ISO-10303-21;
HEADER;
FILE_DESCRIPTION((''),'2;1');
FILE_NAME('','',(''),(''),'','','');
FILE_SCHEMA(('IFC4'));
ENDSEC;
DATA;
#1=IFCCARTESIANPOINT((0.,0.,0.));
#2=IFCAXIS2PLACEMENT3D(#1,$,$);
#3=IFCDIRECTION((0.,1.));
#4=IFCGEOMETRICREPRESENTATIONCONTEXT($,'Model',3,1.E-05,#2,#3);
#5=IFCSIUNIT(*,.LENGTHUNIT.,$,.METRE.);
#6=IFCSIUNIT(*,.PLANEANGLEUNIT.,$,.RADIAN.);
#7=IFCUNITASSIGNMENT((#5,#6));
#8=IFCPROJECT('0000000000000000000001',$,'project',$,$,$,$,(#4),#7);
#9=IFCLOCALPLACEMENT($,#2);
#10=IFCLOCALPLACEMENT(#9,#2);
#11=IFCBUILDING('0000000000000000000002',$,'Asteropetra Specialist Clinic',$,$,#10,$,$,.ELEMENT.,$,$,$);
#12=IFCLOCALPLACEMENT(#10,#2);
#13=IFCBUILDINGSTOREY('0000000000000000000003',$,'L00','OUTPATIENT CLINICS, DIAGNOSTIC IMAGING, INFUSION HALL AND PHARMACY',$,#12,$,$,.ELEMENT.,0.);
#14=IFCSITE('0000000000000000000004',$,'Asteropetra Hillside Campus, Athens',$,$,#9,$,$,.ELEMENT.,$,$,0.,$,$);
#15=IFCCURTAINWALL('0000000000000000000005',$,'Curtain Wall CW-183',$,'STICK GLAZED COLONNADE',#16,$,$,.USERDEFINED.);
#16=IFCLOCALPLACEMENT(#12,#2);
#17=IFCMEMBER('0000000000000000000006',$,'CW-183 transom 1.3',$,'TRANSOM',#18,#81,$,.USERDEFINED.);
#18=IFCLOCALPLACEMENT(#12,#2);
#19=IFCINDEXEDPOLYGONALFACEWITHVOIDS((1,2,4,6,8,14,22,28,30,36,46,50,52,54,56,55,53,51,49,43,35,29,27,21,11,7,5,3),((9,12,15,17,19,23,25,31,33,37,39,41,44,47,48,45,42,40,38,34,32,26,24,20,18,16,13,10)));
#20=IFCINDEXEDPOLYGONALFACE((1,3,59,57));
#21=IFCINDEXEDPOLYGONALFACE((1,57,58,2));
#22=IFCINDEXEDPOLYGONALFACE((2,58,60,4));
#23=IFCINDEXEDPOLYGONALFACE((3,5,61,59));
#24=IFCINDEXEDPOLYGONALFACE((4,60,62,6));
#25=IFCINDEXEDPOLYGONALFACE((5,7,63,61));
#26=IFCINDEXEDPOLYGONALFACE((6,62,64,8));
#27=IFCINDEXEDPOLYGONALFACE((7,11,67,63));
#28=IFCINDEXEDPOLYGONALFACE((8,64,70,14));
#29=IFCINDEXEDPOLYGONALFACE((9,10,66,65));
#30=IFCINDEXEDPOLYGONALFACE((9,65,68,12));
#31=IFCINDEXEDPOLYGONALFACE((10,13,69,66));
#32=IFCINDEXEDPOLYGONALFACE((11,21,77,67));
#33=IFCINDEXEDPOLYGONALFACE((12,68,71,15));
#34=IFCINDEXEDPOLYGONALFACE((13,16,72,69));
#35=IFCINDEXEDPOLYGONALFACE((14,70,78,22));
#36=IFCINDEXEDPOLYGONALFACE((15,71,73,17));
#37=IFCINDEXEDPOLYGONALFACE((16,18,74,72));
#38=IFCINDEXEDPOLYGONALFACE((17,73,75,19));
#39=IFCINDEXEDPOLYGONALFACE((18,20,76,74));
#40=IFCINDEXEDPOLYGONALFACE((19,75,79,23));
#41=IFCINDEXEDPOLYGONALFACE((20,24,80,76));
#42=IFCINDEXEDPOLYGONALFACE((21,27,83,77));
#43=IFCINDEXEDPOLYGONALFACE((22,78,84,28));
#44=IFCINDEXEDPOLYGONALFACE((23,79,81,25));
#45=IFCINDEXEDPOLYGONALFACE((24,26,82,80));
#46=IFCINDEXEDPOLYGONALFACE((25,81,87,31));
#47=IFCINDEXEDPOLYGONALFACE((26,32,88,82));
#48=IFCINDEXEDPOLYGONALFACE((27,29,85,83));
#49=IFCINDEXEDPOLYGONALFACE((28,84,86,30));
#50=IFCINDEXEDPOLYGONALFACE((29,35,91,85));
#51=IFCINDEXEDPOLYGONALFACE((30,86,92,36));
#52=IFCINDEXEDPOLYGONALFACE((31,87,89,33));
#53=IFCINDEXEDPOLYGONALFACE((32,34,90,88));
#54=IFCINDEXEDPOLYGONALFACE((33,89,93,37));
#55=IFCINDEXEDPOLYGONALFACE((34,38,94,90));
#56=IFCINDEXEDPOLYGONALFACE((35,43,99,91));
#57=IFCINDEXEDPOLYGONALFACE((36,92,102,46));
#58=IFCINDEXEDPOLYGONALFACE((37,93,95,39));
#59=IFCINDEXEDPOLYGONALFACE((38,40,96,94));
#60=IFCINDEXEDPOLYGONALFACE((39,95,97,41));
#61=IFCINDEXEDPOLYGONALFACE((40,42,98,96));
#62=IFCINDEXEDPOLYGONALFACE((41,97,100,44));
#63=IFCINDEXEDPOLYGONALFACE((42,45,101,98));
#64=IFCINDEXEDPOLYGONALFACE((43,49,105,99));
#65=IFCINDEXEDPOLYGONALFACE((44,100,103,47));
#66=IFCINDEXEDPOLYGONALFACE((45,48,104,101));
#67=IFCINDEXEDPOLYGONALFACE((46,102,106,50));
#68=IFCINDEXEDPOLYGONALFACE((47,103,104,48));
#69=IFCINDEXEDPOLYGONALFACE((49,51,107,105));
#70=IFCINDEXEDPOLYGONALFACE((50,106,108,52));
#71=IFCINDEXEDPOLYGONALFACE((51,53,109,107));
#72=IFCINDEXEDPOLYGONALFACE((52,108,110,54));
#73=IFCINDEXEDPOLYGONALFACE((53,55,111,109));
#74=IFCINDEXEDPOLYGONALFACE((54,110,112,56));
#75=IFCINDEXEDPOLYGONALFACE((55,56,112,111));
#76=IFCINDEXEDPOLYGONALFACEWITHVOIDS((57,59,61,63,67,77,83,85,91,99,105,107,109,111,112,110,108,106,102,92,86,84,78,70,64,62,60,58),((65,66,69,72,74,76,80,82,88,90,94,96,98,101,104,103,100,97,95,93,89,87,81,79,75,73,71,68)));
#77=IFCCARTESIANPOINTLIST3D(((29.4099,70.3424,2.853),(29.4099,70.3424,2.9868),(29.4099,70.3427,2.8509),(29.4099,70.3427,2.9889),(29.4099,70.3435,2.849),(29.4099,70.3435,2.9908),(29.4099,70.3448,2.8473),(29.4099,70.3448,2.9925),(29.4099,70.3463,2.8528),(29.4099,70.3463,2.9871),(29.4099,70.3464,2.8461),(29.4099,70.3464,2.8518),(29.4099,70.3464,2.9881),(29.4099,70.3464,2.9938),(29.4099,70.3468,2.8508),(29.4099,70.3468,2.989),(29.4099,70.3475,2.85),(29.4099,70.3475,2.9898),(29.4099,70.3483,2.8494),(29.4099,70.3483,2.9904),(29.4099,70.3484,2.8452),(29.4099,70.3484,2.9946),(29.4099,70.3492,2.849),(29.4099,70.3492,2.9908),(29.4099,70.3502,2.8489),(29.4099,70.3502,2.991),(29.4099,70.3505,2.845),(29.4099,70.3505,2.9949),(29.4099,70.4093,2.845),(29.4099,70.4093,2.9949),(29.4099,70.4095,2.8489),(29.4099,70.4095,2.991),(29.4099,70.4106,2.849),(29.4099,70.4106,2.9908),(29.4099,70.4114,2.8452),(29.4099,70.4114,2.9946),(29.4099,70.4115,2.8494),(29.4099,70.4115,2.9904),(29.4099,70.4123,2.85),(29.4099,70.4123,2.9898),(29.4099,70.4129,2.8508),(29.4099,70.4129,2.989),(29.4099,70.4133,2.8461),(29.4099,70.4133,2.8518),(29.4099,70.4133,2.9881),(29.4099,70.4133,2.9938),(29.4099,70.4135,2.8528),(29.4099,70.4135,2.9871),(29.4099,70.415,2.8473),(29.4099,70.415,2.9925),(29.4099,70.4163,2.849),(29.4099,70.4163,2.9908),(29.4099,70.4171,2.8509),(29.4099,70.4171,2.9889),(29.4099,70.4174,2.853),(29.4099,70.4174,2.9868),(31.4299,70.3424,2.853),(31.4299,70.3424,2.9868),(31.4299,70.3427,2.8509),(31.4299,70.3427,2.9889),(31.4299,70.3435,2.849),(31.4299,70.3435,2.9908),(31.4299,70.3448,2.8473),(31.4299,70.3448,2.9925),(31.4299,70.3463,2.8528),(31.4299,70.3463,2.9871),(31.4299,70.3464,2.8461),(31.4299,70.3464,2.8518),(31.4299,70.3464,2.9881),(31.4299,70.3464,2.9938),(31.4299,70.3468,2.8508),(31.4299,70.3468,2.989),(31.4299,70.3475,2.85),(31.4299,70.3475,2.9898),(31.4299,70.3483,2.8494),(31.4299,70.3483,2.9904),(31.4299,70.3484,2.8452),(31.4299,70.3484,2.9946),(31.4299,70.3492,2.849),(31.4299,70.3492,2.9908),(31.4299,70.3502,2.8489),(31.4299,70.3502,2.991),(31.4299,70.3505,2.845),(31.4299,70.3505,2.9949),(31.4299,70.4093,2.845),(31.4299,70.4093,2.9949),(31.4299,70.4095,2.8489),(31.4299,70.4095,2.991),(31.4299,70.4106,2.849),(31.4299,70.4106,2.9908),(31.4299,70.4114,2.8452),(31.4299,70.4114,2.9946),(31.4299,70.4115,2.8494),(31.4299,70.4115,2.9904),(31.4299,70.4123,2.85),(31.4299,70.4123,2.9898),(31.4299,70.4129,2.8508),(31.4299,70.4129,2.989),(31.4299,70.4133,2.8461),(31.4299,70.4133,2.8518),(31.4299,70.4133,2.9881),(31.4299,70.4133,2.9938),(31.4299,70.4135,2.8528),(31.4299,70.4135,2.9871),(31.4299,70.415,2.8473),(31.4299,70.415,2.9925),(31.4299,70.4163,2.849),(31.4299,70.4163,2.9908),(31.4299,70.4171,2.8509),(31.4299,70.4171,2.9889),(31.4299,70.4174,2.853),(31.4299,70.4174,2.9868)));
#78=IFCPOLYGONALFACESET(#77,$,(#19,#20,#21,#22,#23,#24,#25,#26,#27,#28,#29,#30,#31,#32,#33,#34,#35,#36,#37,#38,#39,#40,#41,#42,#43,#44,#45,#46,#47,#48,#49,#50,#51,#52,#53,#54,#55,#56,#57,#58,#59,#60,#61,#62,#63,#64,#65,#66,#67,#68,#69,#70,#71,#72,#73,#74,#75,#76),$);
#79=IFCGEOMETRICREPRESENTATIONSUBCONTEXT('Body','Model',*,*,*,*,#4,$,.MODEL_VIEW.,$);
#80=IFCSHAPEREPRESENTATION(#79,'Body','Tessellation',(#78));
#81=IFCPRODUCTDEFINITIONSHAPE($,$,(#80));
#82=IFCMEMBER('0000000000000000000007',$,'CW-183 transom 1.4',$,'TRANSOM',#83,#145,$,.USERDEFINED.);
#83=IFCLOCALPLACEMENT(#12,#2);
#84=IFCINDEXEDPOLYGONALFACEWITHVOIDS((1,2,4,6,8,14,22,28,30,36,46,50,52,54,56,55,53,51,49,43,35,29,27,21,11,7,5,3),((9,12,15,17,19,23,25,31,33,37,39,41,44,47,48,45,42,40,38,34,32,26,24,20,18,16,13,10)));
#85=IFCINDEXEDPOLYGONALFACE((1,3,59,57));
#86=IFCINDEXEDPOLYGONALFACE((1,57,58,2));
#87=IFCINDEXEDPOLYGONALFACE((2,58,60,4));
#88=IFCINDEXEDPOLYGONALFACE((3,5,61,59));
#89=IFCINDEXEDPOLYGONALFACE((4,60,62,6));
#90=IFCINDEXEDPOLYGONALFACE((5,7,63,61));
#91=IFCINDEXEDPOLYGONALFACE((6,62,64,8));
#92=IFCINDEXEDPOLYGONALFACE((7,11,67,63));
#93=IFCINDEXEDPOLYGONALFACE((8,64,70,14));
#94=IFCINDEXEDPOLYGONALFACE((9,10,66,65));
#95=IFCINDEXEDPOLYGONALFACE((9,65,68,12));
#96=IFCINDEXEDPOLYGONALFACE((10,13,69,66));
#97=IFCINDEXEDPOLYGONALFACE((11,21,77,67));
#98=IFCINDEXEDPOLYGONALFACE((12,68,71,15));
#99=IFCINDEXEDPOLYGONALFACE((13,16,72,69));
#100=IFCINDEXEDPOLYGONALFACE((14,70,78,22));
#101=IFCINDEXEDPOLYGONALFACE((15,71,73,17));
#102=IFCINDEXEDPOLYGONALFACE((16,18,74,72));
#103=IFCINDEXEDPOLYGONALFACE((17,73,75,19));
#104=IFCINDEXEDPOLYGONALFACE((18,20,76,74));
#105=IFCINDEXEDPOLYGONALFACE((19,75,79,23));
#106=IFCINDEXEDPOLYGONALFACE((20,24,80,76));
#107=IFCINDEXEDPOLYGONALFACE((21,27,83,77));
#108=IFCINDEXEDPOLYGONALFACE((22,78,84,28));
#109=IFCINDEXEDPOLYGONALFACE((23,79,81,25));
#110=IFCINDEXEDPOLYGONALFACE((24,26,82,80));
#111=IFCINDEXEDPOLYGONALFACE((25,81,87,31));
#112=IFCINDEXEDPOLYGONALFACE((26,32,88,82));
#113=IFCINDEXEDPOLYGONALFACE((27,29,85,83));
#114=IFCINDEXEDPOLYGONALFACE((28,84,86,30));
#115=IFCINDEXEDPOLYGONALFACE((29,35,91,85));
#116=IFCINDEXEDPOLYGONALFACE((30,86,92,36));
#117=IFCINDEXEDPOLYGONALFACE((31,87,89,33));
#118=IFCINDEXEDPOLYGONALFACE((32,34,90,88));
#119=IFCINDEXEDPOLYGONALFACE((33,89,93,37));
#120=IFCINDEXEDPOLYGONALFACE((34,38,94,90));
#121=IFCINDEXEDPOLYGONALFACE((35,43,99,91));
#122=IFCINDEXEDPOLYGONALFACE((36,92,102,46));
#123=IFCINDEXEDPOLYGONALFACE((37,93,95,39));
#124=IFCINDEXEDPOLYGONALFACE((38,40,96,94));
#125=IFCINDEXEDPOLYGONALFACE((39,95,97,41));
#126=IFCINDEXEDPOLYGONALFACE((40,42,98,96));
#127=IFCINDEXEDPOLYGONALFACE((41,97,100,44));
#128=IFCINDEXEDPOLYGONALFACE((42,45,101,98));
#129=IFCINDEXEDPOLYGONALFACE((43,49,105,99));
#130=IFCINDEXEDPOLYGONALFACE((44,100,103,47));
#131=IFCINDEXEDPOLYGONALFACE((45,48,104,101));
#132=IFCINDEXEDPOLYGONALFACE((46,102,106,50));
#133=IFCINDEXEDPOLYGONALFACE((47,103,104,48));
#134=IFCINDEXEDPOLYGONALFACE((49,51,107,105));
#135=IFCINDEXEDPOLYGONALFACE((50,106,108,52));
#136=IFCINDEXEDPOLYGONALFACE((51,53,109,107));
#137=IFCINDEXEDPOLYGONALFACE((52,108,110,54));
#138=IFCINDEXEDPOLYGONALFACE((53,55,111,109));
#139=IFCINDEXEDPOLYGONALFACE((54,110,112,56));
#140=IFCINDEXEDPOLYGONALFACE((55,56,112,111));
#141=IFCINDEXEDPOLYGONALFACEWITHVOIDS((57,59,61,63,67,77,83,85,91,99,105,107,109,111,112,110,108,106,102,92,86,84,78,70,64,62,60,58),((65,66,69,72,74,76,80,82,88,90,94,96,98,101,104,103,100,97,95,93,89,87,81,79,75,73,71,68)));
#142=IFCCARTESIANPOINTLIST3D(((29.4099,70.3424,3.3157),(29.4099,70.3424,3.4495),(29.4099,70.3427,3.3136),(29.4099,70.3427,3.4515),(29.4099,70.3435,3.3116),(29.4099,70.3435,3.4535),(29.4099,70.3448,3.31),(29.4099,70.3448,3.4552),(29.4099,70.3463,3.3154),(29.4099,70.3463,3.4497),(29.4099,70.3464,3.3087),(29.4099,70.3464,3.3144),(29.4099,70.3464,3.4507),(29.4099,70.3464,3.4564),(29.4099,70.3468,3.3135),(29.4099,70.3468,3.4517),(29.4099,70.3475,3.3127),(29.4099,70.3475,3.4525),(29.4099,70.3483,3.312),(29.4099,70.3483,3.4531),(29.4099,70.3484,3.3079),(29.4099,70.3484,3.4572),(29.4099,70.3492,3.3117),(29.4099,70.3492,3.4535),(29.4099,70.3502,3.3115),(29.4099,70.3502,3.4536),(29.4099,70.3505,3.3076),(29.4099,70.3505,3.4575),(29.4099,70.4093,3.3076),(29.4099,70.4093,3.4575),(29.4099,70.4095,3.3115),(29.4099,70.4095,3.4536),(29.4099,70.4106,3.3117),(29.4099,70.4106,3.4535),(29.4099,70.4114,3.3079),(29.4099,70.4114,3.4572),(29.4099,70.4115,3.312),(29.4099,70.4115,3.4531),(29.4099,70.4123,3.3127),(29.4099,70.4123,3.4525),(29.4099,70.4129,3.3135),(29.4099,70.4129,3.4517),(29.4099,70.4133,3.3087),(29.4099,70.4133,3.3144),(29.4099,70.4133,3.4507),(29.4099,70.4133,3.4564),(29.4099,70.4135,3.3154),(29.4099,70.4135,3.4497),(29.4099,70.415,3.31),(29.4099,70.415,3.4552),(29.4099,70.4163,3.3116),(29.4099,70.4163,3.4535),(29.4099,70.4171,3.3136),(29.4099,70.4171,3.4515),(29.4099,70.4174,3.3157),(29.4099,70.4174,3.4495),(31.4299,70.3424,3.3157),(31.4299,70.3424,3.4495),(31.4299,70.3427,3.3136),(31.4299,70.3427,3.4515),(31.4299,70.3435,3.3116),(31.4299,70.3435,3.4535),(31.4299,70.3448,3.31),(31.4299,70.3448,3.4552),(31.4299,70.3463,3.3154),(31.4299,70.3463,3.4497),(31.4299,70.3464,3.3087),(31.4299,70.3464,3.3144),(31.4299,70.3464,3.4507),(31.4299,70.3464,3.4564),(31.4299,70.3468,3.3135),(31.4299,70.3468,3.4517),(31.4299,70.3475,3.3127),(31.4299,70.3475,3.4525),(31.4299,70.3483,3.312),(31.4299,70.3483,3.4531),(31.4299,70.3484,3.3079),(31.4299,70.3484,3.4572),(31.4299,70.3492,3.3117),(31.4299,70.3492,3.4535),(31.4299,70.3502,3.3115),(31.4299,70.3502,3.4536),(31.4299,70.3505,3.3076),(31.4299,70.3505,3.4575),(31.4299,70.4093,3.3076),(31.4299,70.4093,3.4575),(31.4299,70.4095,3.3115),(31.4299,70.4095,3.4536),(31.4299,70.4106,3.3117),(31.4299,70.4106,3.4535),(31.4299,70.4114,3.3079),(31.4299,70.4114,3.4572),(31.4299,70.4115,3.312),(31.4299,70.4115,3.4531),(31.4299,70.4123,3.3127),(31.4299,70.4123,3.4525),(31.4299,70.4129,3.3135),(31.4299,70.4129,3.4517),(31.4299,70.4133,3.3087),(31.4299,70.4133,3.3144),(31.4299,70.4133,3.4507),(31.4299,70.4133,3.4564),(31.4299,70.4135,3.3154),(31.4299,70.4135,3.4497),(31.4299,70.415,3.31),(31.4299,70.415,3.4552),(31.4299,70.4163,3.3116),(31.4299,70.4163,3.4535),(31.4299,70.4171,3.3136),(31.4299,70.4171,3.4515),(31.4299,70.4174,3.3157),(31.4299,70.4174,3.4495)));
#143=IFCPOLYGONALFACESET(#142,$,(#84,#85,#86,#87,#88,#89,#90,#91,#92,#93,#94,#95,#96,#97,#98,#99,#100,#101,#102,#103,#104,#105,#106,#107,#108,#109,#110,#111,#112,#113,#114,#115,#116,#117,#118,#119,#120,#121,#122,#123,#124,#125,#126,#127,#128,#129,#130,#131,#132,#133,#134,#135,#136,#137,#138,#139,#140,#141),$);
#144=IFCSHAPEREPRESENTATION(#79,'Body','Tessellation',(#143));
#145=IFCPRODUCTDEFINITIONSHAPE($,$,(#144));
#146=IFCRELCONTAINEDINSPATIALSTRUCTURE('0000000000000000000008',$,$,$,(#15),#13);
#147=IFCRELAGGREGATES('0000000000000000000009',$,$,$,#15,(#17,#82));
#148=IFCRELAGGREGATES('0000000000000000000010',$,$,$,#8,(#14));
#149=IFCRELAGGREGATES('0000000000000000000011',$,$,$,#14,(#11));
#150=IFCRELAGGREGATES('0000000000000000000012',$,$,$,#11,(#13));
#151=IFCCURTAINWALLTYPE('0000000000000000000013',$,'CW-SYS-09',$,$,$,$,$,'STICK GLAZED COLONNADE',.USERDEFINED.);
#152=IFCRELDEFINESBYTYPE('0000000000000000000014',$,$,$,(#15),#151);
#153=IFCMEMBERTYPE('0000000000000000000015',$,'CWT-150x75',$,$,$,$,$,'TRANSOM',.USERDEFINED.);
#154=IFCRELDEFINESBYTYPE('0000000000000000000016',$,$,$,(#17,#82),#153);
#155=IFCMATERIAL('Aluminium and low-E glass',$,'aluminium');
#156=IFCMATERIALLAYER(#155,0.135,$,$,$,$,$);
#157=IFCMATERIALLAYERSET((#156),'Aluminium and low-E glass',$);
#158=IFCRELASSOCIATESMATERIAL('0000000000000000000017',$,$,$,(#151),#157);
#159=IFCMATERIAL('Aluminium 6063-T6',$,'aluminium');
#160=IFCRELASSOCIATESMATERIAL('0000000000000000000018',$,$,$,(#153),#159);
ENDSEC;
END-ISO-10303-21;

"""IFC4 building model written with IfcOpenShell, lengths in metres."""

from ifc_helpers import new_model, si_unit, direction, frame, origin, origin_2d, place, context, subcontext, project, spatial, hollow_rectangle, extrude, material, layer, layer_set, material_profile, profile_set, type_object, element, aggregate, save


model = new_model("IFC4")

# Units and contexts
model_context = context("Model", 3, precision=1e-05, world=origin(), true_north=direction((0.0, 1.0)))
body_context = subcontext(model_context, "Body", "Model", "MODEL_VIEW")
ifc_project = project(units=[si_unit("LENGTHUNIT", "METRE"), si_unit("PLANEANGLEUNIT", "RADIAN")], contexts=[model_context])

# Site, building, storey
site_placement = place(None, origin())
site = spatial("IfcSite", under=ifc_project, at=site_placement, Name="Asteropetra Hillside Campus, Athens", CompositionType="ELEMENT", RefElevation=0.0)
building_placement = place(site_placement, origin())
building = spatial("IfcBuilding", under=site, at=building_placement, Name="Asteropetra Specialist Clinic", CompositionType="ELEMENT")
storey_placement = place(building_placement, origin())
storey = spatial("IfcBuildingStorey", under=building, at=storey_placement, Name="L00", Description="OUTPATIENT CLINICS, DIAGNOSTIC IMAGING, INFUSION HALL AND PHARMACY", CompositionType="ELEMENT", Elevation=0.0)

# Curtain wall, members
ifc_material_1 = material(Name="Aluminium and low-E glass", Category="aluminium")
ifc_layer_1 = layer(ifc_material_1, 0.135)
ifc_layer_set_1 = layer_set([ifc_layer_1], Name="Aluminium and low-E glass")
curtain_wall_type = type_object("IfcCurtainWallType", Name="CW-SYS-09", ElementType="STICK GLAZED COLONNADE", PredefinedType="USERDEFINED", material=ifc_layer_set_1)
curtain_wall_placement = place(storey_placement, origin())
curtain_wall = element("IfcCurtainWall", 1, at=curtain_wall_placement, inside=storey, type_object=curtain_wall_type, Name="Curtain Wall CW-183", ObjectType="STICK GLAZED COLONNADE", PredefinedType="USERDEFINED")
ifc_material_2 = material(Name="Aluminium 6063-T6", Category="aluminium")
ifc_material_profile_1 = material_profile(ifc_material_2, hollow_rectangle(XDim=0.075, YDim=0.1499, WallThickness=0.0039, InnerFilletRadius=0.0039, OuterFilletRadius=0.0081, at=origin_2d()), Name="TRN 150x75x4.0")
ifc_profile_set_1 = profile_set([ifc_material_profile_1], Name="Aluminium 6063-T6")
member_type_1 = type_object("IfcMemberType", Name="CWT-150x75", ElementType="TRANSOM", PredefinedType="USERDEFINED", material=ifc_profile_set_1)
member_1_placement = place(storey_placement, frame((29.4099, 70.3799, 2.9199), z_axis=(1.0, 0.0, 0.0), x_axis=(0.0, 1.0, 0.0)))
member_1 = element("IfcMember", 2, at=member_1_placement, type_object=member_type_1, Name="CW-183 transom 1.3", ObjectType="TRANSOM", PredefinedType="USERDEFINED", context=body_context, shape_type="SweptSolid", body=[
    extrude(hollow_rectangle(XDim=0.075, YDim=0.1499, WallThickness=0.0039, InnerFilletRadius=0.0039, OuterFilletRadius=0.0081, at=origin_2d()), origin(), (0.0, 0.0, 1.0), 2.02),
])
member_2_placement = place(storey_placement, frame((29.4099, 70.3799, 3.3826), z_axis=(1.0, 0.0, 0.0), x_axis=(0.0, 1.0, 0.0)))
member_2 = element("IfcMember", 3, at=member_2_placement, type_object=member_type_1, Name="CW-183 transom 1.4", ObjectType="TRANSOM", PredefinedType="USERDEFINED", context=body_context, shape_type="SweptSolid", body=[
    extrude(hollow_rectangle(XDim=0.075, YDim=0.1499, WallThickness=0.0039, InnerFilletRadius=0.0039, OuterFilletRadius=0.0081, at=origin_2d()), origin(), (0.0, 0.0, 1.0), 2.02),
])
aggregate(curtain_wall, [member_1, member_2])

save(model, "model.ifc")
